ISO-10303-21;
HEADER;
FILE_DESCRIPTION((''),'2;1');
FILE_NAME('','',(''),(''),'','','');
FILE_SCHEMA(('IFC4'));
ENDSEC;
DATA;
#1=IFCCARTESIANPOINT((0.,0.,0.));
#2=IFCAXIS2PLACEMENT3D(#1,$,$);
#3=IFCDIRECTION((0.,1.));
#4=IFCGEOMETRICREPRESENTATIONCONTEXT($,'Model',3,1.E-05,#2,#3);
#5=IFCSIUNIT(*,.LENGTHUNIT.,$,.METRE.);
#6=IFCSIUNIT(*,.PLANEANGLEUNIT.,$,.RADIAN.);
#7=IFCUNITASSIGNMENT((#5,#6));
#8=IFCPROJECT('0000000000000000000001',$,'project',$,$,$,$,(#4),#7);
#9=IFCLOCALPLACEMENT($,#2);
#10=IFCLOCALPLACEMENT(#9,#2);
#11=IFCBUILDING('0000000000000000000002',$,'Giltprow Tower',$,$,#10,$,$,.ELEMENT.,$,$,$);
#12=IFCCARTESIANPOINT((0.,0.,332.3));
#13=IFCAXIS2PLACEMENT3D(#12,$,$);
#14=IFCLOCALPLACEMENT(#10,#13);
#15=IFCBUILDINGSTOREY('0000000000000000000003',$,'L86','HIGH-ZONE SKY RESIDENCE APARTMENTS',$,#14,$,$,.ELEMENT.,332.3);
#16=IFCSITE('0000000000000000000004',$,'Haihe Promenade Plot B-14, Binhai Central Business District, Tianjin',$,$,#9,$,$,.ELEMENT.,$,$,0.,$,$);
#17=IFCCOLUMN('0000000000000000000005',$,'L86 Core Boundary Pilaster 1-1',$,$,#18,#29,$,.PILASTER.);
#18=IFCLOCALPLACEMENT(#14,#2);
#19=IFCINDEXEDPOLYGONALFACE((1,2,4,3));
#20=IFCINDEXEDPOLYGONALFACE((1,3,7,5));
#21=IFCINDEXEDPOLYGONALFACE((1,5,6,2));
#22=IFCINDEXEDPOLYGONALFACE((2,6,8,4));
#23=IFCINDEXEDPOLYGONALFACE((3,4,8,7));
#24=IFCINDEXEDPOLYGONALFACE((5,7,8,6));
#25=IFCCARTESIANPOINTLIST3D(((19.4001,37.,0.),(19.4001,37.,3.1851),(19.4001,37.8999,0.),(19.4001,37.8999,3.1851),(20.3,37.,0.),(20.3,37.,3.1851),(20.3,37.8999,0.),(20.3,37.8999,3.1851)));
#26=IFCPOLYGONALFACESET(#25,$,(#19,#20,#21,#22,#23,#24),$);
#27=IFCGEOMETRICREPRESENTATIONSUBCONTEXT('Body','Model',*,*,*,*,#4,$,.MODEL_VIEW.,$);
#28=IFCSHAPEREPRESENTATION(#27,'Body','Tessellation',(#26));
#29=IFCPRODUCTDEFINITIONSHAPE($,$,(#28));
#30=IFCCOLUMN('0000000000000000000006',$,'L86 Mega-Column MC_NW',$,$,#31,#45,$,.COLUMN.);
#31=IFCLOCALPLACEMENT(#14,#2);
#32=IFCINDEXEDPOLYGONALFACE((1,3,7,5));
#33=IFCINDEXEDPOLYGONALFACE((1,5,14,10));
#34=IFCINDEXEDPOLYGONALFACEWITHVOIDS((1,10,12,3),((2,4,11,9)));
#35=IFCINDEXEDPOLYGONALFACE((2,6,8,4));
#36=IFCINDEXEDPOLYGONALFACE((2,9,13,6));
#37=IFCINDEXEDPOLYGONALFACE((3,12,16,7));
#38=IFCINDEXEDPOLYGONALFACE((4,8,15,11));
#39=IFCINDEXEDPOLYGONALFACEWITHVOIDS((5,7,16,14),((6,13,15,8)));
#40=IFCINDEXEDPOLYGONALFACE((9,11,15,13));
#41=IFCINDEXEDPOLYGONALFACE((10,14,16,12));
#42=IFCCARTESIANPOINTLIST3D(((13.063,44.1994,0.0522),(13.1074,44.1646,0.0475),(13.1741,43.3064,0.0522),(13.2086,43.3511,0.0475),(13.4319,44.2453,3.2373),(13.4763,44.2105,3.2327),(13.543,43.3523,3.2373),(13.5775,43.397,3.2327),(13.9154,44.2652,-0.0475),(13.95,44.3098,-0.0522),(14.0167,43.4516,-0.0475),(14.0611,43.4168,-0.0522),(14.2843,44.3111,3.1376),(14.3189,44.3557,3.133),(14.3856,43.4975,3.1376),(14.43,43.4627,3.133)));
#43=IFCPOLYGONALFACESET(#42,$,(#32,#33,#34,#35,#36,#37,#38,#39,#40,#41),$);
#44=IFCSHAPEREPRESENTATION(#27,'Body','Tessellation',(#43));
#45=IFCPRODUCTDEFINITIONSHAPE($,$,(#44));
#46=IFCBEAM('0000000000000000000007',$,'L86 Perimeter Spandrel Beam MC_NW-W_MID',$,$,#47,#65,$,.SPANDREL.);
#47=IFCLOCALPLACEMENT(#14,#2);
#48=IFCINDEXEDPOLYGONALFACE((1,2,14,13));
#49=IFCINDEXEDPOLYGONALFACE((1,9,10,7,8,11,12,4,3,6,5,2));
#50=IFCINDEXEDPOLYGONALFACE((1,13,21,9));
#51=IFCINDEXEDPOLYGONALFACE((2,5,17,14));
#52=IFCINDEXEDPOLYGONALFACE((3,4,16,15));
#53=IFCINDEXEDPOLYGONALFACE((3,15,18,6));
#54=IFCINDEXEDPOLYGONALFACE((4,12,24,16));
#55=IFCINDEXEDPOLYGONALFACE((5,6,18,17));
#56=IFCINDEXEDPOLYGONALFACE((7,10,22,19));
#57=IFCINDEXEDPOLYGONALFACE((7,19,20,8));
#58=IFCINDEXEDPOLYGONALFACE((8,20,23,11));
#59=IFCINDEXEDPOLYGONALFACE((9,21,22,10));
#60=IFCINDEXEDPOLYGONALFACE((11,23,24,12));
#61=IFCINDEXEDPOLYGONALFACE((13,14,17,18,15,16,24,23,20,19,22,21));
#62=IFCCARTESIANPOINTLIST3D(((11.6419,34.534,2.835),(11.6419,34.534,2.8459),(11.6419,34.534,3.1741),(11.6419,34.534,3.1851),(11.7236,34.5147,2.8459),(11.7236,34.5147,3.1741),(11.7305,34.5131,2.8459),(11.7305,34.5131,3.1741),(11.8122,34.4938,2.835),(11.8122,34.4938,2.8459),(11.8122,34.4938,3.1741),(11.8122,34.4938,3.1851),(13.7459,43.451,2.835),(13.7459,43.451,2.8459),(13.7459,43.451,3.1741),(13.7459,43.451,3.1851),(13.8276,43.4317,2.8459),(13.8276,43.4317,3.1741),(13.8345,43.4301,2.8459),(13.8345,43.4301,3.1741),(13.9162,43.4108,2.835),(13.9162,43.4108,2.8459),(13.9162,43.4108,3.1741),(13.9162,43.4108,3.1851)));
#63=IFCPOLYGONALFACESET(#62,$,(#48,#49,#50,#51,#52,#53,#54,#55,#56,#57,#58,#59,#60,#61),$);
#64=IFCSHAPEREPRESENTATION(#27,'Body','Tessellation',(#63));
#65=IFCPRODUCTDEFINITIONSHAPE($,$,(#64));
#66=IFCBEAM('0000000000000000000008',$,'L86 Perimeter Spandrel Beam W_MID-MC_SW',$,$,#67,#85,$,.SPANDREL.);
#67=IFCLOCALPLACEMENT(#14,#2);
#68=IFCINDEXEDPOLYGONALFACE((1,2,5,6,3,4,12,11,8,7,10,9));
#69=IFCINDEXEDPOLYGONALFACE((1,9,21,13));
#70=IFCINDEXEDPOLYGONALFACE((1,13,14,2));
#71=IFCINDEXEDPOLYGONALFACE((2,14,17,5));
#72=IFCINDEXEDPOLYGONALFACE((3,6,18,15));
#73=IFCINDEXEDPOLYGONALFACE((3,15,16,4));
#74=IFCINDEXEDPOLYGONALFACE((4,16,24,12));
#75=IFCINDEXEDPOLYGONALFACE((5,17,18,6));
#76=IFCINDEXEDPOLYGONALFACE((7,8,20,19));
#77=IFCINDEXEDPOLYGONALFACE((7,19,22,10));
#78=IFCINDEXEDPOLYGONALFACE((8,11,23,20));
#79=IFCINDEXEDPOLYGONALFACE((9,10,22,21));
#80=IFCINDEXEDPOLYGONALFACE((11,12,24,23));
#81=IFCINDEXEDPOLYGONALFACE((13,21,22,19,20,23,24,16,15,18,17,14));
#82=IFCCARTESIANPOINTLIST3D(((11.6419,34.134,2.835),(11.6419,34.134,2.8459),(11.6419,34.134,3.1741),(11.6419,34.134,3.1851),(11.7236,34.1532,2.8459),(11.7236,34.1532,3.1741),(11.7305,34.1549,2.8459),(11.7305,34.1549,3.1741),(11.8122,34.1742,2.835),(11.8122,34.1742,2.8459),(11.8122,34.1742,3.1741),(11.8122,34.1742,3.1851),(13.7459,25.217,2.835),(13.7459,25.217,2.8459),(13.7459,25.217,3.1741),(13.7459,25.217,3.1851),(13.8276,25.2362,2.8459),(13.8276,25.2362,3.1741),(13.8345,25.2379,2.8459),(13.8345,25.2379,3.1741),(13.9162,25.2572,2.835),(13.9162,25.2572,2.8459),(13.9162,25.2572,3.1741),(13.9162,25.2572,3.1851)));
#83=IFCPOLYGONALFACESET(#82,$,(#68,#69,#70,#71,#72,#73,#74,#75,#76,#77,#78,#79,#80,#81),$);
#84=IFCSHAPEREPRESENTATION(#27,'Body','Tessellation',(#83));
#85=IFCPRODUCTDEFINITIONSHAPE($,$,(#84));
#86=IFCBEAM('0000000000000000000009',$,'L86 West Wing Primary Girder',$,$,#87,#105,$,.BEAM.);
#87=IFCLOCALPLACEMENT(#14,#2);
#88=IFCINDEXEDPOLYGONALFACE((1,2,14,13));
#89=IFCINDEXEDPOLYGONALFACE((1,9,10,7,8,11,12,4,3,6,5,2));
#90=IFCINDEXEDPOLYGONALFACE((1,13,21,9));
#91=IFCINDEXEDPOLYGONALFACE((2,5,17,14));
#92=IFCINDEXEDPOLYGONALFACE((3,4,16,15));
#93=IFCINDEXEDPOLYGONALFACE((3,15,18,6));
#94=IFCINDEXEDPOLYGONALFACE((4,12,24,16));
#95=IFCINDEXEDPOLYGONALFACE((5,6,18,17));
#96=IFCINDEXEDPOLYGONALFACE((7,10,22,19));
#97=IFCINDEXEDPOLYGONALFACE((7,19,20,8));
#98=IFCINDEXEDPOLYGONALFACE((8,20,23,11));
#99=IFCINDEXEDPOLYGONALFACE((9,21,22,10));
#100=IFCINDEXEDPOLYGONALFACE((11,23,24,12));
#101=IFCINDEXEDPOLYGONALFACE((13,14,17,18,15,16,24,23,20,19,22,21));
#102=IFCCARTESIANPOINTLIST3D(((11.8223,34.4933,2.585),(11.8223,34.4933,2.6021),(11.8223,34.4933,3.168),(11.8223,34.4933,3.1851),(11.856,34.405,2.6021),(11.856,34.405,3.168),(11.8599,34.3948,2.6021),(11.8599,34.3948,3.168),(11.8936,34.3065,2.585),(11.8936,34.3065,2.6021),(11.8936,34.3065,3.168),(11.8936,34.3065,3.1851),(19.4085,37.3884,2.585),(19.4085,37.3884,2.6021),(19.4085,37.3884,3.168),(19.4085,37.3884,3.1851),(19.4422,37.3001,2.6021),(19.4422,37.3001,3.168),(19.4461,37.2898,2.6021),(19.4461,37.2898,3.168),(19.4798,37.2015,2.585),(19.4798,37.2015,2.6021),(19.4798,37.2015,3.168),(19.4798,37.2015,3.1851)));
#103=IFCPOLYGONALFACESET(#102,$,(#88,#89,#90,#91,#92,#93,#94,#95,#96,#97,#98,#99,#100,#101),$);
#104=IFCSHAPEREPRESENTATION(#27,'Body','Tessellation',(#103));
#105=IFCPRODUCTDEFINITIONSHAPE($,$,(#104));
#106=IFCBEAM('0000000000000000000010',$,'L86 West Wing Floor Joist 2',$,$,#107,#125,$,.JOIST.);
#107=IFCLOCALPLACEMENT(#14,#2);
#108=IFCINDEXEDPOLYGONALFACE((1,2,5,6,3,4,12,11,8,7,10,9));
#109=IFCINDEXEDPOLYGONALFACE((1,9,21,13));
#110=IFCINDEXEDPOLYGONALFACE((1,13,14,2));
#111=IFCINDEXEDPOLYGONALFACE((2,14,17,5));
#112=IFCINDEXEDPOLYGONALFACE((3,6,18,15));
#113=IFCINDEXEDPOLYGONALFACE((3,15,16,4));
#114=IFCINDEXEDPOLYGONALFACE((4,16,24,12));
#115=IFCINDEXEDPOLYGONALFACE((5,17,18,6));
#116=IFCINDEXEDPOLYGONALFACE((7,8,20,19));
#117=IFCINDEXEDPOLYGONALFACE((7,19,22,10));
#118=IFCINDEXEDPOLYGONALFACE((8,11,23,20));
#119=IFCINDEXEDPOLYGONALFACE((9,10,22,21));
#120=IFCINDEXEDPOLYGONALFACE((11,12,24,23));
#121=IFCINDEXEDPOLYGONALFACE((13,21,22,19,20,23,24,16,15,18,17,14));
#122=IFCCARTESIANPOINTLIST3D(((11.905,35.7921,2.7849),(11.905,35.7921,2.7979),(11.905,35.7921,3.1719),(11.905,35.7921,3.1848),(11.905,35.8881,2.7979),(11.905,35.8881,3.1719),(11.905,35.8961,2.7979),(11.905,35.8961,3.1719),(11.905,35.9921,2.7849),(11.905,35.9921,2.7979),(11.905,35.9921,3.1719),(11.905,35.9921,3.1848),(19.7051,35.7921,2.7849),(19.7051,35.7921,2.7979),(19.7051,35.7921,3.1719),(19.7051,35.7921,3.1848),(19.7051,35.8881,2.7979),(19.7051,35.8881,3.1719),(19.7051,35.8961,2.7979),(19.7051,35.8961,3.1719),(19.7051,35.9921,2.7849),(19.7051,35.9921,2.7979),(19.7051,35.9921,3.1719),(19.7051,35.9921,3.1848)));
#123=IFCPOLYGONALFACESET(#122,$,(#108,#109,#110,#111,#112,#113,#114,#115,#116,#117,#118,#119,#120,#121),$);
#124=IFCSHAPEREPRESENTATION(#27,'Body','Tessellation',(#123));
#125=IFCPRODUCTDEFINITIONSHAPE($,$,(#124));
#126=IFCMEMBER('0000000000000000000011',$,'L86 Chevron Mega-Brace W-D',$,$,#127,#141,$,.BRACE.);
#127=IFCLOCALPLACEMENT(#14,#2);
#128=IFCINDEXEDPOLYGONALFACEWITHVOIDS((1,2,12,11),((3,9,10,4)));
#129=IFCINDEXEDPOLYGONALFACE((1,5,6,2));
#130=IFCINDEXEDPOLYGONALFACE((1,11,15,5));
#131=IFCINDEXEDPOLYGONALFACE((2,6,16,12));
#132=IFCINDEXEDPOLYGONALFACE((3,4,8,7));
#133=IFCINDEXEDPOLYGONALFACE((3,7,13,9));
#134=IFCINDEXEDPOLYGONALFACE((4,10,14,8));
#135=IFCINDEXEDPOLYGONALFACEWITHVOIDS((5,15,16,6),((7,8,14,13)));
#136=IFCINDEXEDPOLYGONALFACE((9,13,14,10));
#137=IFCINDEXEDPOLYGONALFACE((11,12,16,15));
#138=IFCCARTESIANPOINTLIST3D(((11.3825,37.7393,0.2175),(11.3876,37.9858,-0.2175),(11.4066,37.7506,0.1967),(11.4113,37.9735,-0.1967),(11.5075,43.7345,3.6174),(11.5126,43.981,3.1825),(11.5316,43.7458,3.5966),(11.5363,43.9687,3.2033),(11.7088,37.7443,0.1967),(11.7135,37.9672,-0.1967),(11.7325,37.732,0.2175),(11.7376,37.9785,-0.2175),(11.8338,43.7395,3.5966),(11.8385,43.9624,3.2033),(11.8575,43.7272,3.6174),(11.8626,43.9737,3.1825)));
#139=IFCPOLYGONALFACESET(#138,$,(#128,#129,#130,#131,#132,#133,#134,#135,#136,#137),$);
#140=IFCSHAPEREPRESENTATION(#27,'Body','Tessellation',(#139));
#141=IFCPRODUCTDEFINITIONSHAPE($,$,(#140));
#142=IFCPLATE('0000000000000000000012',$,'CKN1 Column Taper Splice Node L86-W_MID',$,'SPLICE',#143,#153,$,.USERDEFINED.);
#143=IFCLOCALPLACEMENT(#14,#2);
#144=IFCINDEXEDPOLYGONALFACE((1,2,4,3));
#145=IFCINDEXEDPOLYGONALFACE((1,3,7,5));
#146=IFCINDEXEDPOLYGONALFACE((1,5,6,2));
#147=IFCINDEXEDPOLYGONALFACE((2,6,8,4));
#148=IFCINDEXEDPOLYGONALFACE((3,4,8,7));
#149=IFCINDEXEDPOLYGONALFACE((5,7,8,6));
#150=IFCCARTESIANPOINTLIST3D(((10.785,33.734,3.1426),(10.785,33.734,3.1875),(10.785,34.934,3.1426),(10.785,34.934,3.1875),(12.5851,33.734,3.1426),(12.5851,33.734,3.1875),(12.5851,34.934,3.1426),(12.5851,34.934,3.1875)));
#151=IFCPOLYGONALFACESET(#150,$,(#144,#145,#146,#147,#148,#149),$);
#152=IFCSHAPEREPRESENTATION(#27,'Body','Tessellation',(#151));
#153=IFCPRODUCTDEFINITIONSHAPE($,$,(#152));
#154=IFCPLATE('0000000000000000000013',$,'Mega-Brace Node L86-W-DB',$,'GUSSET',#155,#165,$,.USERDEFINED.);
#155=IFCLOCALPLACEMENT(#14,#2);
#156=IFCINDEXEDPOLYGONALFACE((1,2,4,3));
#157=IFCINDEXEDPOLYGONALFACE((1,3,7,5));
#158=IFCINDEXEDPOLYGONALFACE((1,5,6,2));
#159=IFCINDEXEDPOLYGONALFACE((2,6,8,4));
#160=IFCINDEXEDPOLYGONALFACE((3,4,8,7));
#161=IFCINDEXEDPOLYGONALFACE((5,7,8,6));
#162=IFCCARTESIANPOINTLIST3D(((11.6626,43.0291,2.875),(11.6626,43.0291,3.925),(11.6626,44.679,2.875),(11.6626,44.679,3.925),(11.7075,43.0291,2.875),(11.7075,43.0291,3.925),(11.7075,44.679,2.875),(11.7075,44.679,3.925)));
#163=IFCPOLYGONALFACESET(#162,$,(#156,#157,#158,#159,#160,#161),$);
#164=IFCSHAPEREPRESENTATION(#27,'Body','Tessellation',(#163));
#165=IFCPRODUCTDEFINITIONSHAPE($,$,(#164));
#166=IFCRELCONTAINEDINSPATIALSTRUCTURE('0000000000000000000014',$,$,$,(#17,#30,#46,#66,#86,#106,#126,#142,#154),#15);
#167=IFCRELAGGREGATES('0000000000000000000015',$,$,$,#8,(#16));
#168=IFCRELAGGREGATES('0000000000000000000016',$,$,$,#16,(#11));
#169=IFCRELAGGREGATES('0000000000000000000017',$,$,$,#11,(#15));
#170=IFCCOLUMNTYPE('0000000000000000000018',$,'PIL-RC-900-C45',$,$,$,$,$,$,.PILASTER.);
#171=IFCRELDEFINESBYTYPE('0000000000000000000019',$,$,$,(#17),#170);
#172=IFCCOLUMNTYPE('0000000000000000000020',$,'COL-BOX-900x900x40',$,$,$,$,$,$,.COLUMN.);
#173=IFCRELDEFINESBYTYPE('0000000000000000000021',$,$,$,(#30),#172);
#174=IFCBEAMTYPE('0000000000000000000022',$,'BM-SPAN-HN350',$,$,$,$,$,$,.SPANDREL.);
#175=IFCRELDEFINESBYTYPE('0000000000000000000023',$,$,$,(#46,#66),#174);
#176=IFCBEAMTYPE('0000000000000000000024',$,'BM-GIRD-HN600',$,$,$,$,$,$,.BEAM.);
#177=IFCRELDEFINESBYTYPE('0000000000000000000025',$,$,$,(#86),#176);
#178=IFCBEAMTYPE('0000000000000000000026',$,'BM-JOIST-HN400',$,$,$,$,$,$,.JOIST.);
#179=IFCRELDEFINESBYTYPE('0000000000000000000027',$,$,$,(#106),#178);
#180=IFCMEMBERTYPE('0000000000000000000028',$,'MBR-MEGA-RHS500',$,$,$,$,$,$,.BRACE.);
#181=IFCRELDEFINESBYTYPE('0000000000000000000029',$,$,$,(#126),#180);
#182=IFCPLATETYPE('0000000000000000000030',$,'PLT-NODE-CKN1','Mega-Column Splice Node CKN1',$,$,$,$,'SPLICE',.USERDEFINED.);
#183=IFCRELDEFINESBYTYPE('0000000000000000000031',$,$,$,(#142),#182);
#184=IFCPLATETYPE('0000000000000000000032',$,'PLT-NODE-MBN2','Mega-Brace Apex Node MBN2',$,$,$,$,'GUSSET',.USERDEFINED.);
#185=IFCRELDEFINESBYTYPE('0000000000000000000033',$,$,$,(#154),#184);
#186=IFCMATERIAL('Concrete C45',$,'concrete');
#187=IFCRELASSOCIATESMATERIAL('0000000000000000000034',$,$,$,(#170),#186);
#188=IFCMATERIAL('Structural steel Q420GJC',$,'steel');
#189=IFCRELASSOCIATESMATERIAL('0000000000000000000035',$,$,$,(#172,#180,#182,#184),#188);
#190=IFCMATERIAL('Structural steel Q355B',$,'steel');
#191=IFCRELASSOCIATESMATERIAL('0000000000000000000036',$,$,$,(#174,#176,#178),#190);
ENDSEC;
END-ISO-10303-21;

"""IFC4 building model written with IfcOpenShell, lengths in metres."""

from ifc_helpers import new_model, si_unit, direction, frame, origin, origin_2d, place, context, subcontext, project, spatial, rectangle, hollow_rectangle, i_section, extrude, source, transform, mapped, material, material_profile, profile_set, type_object, element, save


model = new_model("IFC4")

# Units and contexts
model_context = context("Model", 3, precision=1e-05, world=origin(), true_north=direction((0.0, 1.0)))
body_context = subcontext(model_context, "Body", "Model", "MODEL_VIEW")
ifc_project = project(units=[si_unit("LENGTHUNIT", "METRE"), si_unit("PLANEANGLEUNIT", "RADIAN")], contexts=[model_context])

# Site, building, storey
site_placement = place(None, origin())
site = spatial("IfcSite", under=ifc_project, at=site_placement, Name="Haihe Promenade Plot B-14, Binhai Central Business District, Tianjin", CompositionType="ELEMENT", RefElevation=0.0)
building_placement = place(site_placement, origin())
building = spatial("IfcBuilding", under=site, at=building_placement, Name="Giltprow Tower", CompositionType="ELEMENT")
storey_placement = place(building_placement, frame((0.0, 0.0, 332.3)))
storey = spatial("IfcBuildingStorey", under=building, at=storey_placement, Name="L86", Description="HIGH-ZONE SKY RESIDENCE APARTMENTS", CompositionType="ELEMENT", Elevation=332.3)

# Columns
ifc_material_1 = material(Name="Concrete C45", Category="concrete")
ifc_material_profile_1 = material_profile(ifc_material_1, rectangle(XDim=0.8999, YDim=0.8999, at=origin_2d()), Name="RC 900x900")
ifc_profile_set_1 = profile_set([ifc_material_profile_1], Name="Concrete C45")
column_type_1 = type_object("IfcColumnType", Name="PIL-RC-900-C45", PredefinedType="PILASTER", material=ifc_profile_set_1)
shared_shape_1 = source(origin(), body_context, "Body", "SweptSolid", [
    extrude(rectangle(XDim=0.8999, YDim=0.8999, at=origin_2d()), origin(), (0.0, 0.0, 1.0), 3.1851),
])
column_1_placement = place(storey_placement, frame((19.8501, 37.45, 0.0), z_axis=(0.0, 0.0, 1.0), x_axis=(1.0, 0.0, 0.0)))
element("IfcColumn", 1, at=column_1_placement, inside=storey, type_object=column_type_1, Name="L86 Core Boundary Pilaster 1-1", PredefinedType="PILASTER", context=body_context, shape_type="MappedRepresentation", body=[
    mapped(shared_shape_1, transform((0.0, 0.0, 0.0), x_axis=(1.0, 0.0, 0.0), y_axis=(0.0, 1.0, 0.0), z_axis=(0.0, 0.0, 1.0), scale=1.0)),
])
ifc_material_2 = material(Name="Structural steel Q420GJC", Category="steel")
ifc_material_profile_2 = material_profile(ifc_material_2, hollow_rectangle(XDim=0.8999, YDim=0.8999, WallThickness=0.04, at=origin_2d()), Name="BOX 900x900x40")
ifc_profile_set_2 = profile_set([ifc_material_profile_2], Name="Structural steel Q420GJC")
column_type_2 = type_object("IfcColumnType", Name="COL-BOX-900x900x40", PredefinedType="COLUMN", material=ifc_profile_set_2)
shared_shape_2 = source(origin(), body_context, "Body", "SweptSolid", [
    extrude(hollow_rectangle(XDim=0.8999, YDim=0.8999, WallThickness=0.04, at=origin_2d()), origin(), (0.0, 0.0, 1.0), 3.2068),
])
column_2_placement = place(storey_placement, frame((13.562, 43.8081, 0.0), z_axis=(0.11504, 0.014313, 0.993258), x_axis=(-0.123469, 0.992348, 0.0)))
element("IfcColumn", 2, at=column_2_placement, inside=storey, type_object=column_type_2, Name="L86 Mega-Column MC_NW", PredefinedType="COLUMN", context=body_context, shape_type="MappedRepresentation", body=[
    mapped(shared_shape_2, transform((0.0, 0.0, 0.0), x_axis=(1.0, 0.0, 0.0), y_axis=(0.0, 1.0, 0.0), z_axis=(0.0, 0.0, 1.0), scale=1.0)),
])

# Beams
ifc_material_3 = material(Name="Structural steel Q355B", Category="steel")
ifc_material_profile_3 = material_profile(ifc_material_3, i_section(OverallWidth=0.175, OverallDepth=0.3501, WebThickness=0.0071, FlangeThickness=0.011, at=origin_2d()), Name="HN 350x175x7x11")
ifc_profile_set_3 = profile_set([ifc_material_profile_3], Name="Structural steel Q355B")
beam_type_1 = type_object("IfcBeamType", Name="BM-SPAN-HN350", PredefinedType="SPANDREL", material=ifc_profile_set_3)
shared_shape_3 = source(origin(), body_context, "Body", "SweptSolid", [
    extrude(i_section(OverallWidth=0.175, OverallDepth=0.3501, WebThickness=0.0071, FlangeThickness=0.011, at=origin_2d()), origin(), (0.0, 0.0, 1.0), 9.1619),
])
for number, where, z_axis, x_axis, name in (
    (3, (13.8311, 43.4309, 3.01), (-0.229648, -0.973274, 0.0), (0.973274, -0.229648, 0.0), "L86 Perimeter Spandrel Beam MC_NW-W_MID"),
    (4, (11.7271, 34.1541, 3.01), (0.229648, -0.973274, 0.0), (0.973274, 0.229648, 0.0), "L86 Perimeter Spandrel Beam W_MID-MC_SW"),
):
    element("IfcBeam", number, at=place(storey_placement, frame(where, z_axis=z_axis, x_axis=x_axis)), inside=storey, type_object=beam_type_1, Name=name, PredefinedType="SPANDREL", context=body_context, shape_type="MappedRepresentation", body=[
        mapped(shared_shape_3, transform((0.0, 0.0, 0.0), x_axis=(1.0, 0.0, 0.0), y_axis=(0.0, 1.0, 0.0), z_axis=(0.0, 0.0, 1.0), scale=1.0)),
    ])
ifc_material_profile_4 = material_profile(ifc_material_3, i_section(OverallWidth=0.2, OverallDepth=0.6001, WebThickness=0.011, FlangeThickness=0.0171, at=origin_2d()), Name="HN 600x200x11x17")
ifc_profile_set_4 = profile_set([ifc_material_profile_4], Name="Structural steel Q355B")
beam_type_2 = type_object("IfcBeamType", Name="BM-GIRD-HN600", PredefinedType="BEAM", material=ifc_profile_set_4)
shared_shape_4 = source(origin(), body_context, "Body", "SweptSolid", [
    extrude(i_section(OverallWidth=0.2, OverallDepth=0.6001, WebThickness=0.011, FlangeThickness=0.0171, at=origin_2d()), origin(), (0.0, 0.0, 1.0), 8.1199),
])
beam_1_placement = place(storey_placement, frame((11.8579, 34.3999, 2.885), z_axis=(0.934281, 0.356538, 0.0), x_axis=(-0.356538, 0.934281, 0.0)))
element("IfcBeam", 5, at=beam_1_placement, inside=storey, type_object=beam_type_2, Name="L86 West Wing Primary Girder", PredefinedType="BEAM", context=body_context, shape_type="MappedRepresentation", body=[
    mapped(shared_shape_4, transform((0.0, 0.0, 0.0), x_axis=(1.0, 0.0, 0.0), y_axis=(0.0, 1.0, 0.0), z_axis=(0.0, 0.0, 1.0), scale=1.0)),
])
ifc_material_profile_5 = material_profile(ifc_material_3, i_section(OverallWidth=0.2, OverallDepth=0.3999, WebThickness=0.0081, FlangeThickness=0.0129, at=origin_2d()), Name="HN 400x200x8x13")
ifc_profile_set_5 = profile_set([ifc_material_profile_5], Name="Structural steel Q355B")
beam_type_3 = type_object("IfcBeamType", Name="BM-JOIST-HN400", PredefinedType="JOIST", material=ifc_profile_set_5)
shared_shape_5 = source(origin(), body_context, "Body", "SweptSolid", [
    extrude(i_section(OverallWidth=0.2, OverallDepth=0.3999, WebThickness=0.0081, FlangeThickness=0.0129, at=origin_2d()), origin(), (0.0, 0.0, 1.0), 7.8),
])
beam_2_placement = place(storey_placement, frame((11.905, 35.8921, 2.9849), z_axis=(1.0, 0.0, 0.0), x_axis=(0.0, 1.0, 0.0)))
element("IfcBeam", 6, at=beam_2_placement, inside=storey, type_object=beam_type_3, Name="L86 West Wing Floor Joist 2", PredefinedType="JOIST", context=body_context, shape_type="MappedRepresentation", body=[
    mapped(shared_shape_5, transform((0.0, 0.0, 0.0), x_axis=(1.0, 0.0, 0.0), y_axis=(0.0, 1.0, 0.0), z_axis=(0.0, 0.0, 1.0), scale=1.0)),
])

# Member
ifc_material_profile_6 = material_profile(ifc_material_2, hollow_rectangle(XDim=0.3501, YDim=0.5, WallThickness=0.0239, at=origin_2d()), Name="RHS 500x350x24")
ifc_profile_set_6 = profile_set([ifc_material_profile_6], Name="Structural steel Q420GJC")
member_type = type_object("IfcMemberType", Name="MBR-MEGA-RHS500", PredefinedType="BRACE", material=ifc_profile_set_6)
shared_shape_6 = source(origin(), body_context, "Body", "SweptSolid", [
    extrude(hollow_rectangle(XDim=0.3501, YDim=0.5, WallThickness=0.0239, at=origin_2d()), origin(), (0.0, 0.0, 1.0), 6.8933),
])
member_placement = place(storey_placement, frame((11.5601, 37.8589, 0.0), z_axis=(0.018134, 0.869713, 0.493225), x_axis=(-0.999783, 0.020846, 0.0)))
element("IfcMember", 7, at=member_placement, inside=storey, type_object=member_type, Name="L86 Chevron Mega-Brace W-D", PredefinedType="BRACE", context=body_context, shape_type="MappedRepresentation", body=[
    mapped(shared_shape_6, transform((0.0, 0.0, 0.0), x_axis=(1.0, 0.0, 0.0), y_axis=(0.0, 1.0, 0.0), z_axis=(0.0, 0.0, 1.0), scale=1.0)),
])

# Plates
plate_type_1 = type_object("IfcPlateType", Name="PLT-NODE-CKN1", Description="Mega-Column Splice Node CKN1", ElementType="SPLICE", PredefinedType="USERDEFINED", material=ifc_material_2)
shared_shape_7 = source(origin(), body_context, "Body", "SweptSolid", [
    extrude(rectangle(XDim=1.8, YDim=1.2, at=origin_2d()), origin(), (0.0, 0.0, 1.0), 0.0449),
])
plate_1_placement = place(storey_placement, frame((11.6851, 34.334, 3.1426), z_axis=(0.0, 0.0, 1.0), x_axis=(1.0, 0.0, 0.0)))
element("IfcPlate", 8, at=plate_1_placement, inside=storey, type_object=plate_type_1, Name="CKN1 Column Taper Splice Node L86-W_MID", ObjectType="SPLICE", PredefinedType="USERDEFINED", context=body_context, shape_type="MappedRepresentation", body=[
    mapped(shared_shape_7, transform((0.0, 0.0, 0.0), x_axis=(1.0, 0.0, 0.0), y_axis=(0.0, 1.0, 0.0), z_axis=(0.0, 0.0, 1.0), scale=1.0)),
])
plate_type_2 = type_object("IfcPlateType", Name="PLT-NODE-MBN2", Description="Mega-Brace Apex Node MBN2", ElementType="GUSSET", PredefinedType="USERDEFINED", material=ifc_material_2)
shared_shape_8 = source(origin(), body_context, "Body", "SweptSolid", [
    extrude(rectangle(XDim=1.6499, YDim=0.0449, at=origin_2d()), origin(), (0.0, 0.0, 1.0), 1.05),
])
plate_2_placement = place(storey_placement, frame((11.6851, 43.854, 2.875), z_axis=(0.0, 0.0, 1.0), x_axis=(0.0, 1.0, 0.0)))
element("IfcPlate", 9, at=plate_2_placement, inside=storey, type_object=plate_type_2, Name="Mega-Brace Node L86-W-DB", ObjectType="GUSSET", PredefinedType="USERDEFINED", context=body_context, shape_type="MappedRepresentation", body=[
    mapped(shared_shape_8, transform((0.0, 0.0, 0.0), x_axis=(1.0, 0.0, 0.0), y_axis=(0.0, 1.0, 0.0), z_axis=(0.0, 0.0, 1.0), scale=1.0)),
])

save(model, "model.ifc")
